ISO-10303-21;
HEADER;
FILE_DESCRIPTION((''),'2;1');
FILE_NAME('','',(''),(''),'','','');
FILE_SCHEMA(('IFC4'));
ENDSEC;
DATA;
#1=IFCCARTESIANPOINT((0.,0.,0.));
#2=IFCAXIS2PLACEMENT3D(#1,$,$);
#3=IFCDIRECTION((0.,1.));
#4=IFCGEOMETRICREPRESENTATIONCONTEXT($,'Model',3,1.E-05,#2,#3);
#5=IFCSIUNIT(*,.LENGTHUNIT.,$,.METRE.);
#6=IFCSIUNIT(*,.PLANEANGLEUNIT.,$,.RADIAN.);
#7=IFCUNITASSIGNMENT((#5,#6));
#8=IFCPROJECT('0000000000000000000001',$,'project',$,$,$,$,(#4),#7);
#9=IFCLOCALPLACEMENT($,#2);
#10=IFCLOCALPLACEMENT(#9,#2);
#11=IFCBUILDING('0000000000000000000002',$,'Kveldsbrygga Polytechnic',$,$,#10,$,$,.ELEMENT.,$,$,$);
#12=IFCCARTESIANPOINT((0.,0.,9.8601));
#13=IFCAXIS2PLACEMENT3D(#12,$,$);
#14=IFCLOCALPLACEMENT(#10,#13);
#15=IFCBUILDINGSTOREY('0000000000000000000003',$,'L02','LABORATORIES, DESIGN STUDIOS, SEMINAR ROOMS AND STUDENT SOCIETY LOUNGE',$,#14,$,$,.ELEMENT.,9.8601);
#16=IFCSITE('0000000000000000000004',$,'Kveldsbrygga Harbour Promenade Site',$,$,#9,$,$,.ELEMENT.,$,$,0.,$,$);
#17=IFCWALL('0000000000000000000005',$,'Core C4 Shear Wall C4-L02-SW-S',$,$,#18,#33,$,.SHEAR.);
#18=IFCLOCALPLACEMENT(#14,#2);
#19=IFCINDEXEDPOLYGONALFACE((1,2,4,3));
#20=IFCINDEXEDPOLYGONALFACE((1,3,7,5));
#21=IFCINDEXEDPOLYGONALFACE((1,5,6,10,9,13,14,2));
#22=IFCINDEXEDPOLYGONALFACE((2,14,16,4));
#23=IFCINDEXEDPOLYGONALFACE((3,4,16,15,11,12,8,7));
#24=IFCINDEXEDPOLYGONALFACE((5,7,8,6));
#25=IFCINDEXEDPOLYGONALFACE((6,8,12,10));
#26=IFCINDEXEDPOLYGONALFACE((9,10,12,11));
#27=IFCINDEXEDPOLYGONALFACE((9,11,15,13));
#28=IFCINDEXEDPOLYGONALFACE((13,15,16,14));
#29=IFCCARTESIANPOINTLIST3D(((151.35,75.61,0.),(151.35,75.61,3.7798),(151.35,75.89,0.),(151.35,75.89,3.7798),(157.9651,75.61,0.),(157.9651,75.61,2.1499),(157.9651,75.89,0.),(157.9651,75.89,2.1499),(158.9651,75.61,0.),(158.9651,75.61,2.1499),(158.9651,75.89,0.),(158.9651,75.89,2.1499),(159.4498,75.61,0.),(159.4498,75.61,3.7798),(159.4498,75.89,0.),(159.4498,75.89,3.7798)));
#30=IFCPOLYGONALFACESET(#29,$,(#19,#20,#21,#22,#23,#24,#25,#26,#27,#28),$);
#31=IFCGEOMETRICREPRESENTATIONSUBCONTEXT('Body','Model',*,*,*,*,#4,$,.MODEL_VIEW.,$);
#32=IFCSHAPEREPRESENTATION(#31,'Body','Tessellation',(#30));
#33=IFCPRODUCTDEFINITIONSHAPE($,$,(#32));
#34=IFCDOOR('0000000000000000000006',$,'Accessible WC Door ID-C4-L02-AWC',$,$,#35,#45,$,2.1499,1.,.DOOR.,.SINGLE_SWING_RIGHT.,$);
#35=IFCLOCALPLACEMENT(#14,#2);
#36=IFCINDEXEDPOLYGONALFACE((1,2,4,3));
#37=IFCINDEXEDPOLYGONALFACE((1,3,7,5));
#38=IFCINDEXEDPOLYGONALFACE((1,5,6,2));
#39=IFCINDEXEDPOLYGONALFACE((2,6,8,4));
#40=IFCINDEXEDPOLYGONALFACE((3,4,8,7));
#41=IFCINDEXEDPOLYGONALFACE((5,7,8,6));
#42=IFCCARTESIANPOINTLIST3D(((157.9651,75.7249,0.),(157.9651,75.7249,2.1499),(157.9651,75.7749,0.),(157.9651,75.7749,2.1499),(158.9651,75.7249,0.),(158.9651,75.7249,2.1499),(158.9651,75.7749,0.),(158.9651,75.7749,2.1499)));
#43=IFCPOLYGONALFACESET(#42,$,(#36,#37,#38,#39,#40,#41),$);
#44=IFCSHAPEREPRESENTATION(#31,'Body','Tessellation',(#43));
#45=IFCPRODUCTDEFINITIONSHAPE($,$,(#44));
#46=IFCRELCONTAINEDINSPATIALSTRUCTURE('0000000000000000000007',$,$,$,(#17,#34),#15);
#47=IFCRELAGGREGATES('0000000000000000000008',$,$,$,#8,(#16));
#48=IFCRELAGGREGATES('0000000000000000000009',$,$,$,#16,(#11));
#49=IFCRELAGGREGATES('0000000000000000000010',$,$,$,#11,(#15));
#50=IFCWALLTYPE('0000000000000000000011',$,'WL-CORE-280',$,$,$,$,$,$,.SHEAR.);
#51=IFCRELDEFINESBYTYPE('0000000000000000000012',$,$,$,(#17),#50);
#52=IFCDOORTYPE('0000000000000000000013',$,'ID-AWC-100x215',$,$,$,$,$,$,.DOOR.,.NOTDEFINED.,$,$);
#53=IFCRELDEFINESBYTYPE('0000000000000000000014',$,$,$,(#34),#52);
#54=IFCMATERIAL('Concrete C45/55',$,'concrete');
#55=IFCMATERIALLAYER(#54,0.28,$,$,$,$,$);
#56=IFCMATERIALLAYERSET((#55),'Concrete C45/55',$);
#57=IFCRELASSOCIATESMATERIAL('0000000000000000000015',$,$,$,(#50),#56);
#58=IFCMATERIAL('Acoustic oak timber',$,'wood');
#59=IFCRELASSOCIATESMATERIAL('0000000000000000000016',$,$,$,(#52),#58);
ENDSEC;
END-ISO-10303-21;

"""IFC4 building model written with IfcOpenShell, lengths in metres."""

from ifc_helpers import new_model, si_unit, direction, frame, frame_2d, origin, place, context, subcontext, project, spatial, rectangle, extrude, material, layer, layer_set, type_object, element, fill, save


model = new_model("IFC4")

# Units and contexts
model_context = context("Model", 3, precision=1e-05, world=origin(), true_north=direction((0.0, 1.0)))
body_context = subcontext(model_context, "Body", "Model", "MODEL_VIEW")
ifc_project = project(units=[si_unit("LENGTHUNIT", "METRE"), si_unit("PLANEANGLEUNIT", "RADIAN")], contexts=[model_context])

# Site, building, storey
site_placement = place(None, origin())
site = spatial("IfcSite", under=ifc_project, at=site_placement, Name="Kveldsbrygga Harbour Promenade Site", CompositionType="ELEMENT", RefElevation=0.0)
building_placement = place(site_placement, origin())
building = spatial("IfcBuilding", under=site, at=building_placement, Name="Kveldsbrygga Polytechnic", CompositionType="ELEMENT")
storey_placement = place(building_placement, frame((0.0, 0.0, 9.8601)))
storey = spatial("IfcBuildingStorey", under=building, at=storey_placement, Name="L02", Description="LABORATORIES, DESIGN STUDIOS, SEMINAR ROOMS AND STUDENT SOCIETY LOUNGE", CompositionType="ELEMENT", Elevation=9.8601)

# Shared definitions
ifc_material_1 = material(Name="Concrete C45/55", Category="concrete")

# Shared definitions
ifc_material_2 = material(Name="Acoustic oak timber", Category="wood")

# Wall, opening, door
ifc_layer_1 = layer(ifc_material_1, 0.28)
ifc_layer_set_1 = layer_set([ifc_layer_1], Name="Concrete C45/55")
wall_type_1 = type_object("IfcWallType", Name="WL-CORE-280", PredefinedType="SHEAR", material=ifc_layer_set_1)
wall_1_placement = place(storey_placement, frame((151.3501, 75.75, 0.0), z_axis=(0.0, 0.0, 1.0), x_axis=(1.0, 0.0, 0.0)))
wall_1 = element("IfcWall", 1, at=wall_1_placement, inside=storey, type_object=wall_type_1, Name="Core C4 Shear Wall C4-L02-SW-S", PredefinedType="SHEAR", context=body_context, shape_type="SweptSolid", body=[
    extrude(rectangle(XDim=8.0999, YDim=0.28, at=frame_2d((4.0498, 0.0))), origin(), (0.0, 0.0, 1.0), 3.7798),
])
opening_1_placement = place(wall_1_placement, frame((6.615, 0.0, 0.0)))
opening_1 = element("IfcOpeningElement", 2, at=opening_1_placement, cuts=wall_1, PredefinedType="OPENING", context=body_context, shape_type="SweptSolid", body=[
    extrude(rectangle(XDim=1.0, YDim=2.1499, at=frame_2d((0.5, 1.075))), frame((0.0, 0.1499, 0.0), z_axis=(0.0, -1.0, 0.0), x_axis=(1.0, 0.0, 0.0)), (0.0, 0.0, 1.0), 0.3),
])
door_type_1 = type_object("IfcDoorType", Name="ID-AWC-100x215", OperationType="NOTDEFINED", PredefinedType="DOOR", material=ifc_material_2)
door_1_placement = place(opening_1_placement, origin())
door_1 = element("IfcDoor", 3, at=door_1_placement, inside=storey, type_object=door_type_1, Name="Accessible WC Door ID-C4-L02-AWC", OperationType="SINGLE_SWING_RIGHT", OverallHeight=2.1499, OverallWidth=1.0, PredefinedType="DOOR", context=body_context, shape_type="SweptSolid", body=[
    extrude(rectangle(XDim=1.0, YDim=2.1499, at=frame_2d((0.5, 1.075))), frame((0.0, 0.0249, 0.0), z_axis=(0.0, -1.0, 0.0), x_axis=(1.0, 0.0, 0.0)), (0.0, 0.0, 1.0), 0.05),
])
fill(opening_1, door_1)

save(model, "model.ifc")
